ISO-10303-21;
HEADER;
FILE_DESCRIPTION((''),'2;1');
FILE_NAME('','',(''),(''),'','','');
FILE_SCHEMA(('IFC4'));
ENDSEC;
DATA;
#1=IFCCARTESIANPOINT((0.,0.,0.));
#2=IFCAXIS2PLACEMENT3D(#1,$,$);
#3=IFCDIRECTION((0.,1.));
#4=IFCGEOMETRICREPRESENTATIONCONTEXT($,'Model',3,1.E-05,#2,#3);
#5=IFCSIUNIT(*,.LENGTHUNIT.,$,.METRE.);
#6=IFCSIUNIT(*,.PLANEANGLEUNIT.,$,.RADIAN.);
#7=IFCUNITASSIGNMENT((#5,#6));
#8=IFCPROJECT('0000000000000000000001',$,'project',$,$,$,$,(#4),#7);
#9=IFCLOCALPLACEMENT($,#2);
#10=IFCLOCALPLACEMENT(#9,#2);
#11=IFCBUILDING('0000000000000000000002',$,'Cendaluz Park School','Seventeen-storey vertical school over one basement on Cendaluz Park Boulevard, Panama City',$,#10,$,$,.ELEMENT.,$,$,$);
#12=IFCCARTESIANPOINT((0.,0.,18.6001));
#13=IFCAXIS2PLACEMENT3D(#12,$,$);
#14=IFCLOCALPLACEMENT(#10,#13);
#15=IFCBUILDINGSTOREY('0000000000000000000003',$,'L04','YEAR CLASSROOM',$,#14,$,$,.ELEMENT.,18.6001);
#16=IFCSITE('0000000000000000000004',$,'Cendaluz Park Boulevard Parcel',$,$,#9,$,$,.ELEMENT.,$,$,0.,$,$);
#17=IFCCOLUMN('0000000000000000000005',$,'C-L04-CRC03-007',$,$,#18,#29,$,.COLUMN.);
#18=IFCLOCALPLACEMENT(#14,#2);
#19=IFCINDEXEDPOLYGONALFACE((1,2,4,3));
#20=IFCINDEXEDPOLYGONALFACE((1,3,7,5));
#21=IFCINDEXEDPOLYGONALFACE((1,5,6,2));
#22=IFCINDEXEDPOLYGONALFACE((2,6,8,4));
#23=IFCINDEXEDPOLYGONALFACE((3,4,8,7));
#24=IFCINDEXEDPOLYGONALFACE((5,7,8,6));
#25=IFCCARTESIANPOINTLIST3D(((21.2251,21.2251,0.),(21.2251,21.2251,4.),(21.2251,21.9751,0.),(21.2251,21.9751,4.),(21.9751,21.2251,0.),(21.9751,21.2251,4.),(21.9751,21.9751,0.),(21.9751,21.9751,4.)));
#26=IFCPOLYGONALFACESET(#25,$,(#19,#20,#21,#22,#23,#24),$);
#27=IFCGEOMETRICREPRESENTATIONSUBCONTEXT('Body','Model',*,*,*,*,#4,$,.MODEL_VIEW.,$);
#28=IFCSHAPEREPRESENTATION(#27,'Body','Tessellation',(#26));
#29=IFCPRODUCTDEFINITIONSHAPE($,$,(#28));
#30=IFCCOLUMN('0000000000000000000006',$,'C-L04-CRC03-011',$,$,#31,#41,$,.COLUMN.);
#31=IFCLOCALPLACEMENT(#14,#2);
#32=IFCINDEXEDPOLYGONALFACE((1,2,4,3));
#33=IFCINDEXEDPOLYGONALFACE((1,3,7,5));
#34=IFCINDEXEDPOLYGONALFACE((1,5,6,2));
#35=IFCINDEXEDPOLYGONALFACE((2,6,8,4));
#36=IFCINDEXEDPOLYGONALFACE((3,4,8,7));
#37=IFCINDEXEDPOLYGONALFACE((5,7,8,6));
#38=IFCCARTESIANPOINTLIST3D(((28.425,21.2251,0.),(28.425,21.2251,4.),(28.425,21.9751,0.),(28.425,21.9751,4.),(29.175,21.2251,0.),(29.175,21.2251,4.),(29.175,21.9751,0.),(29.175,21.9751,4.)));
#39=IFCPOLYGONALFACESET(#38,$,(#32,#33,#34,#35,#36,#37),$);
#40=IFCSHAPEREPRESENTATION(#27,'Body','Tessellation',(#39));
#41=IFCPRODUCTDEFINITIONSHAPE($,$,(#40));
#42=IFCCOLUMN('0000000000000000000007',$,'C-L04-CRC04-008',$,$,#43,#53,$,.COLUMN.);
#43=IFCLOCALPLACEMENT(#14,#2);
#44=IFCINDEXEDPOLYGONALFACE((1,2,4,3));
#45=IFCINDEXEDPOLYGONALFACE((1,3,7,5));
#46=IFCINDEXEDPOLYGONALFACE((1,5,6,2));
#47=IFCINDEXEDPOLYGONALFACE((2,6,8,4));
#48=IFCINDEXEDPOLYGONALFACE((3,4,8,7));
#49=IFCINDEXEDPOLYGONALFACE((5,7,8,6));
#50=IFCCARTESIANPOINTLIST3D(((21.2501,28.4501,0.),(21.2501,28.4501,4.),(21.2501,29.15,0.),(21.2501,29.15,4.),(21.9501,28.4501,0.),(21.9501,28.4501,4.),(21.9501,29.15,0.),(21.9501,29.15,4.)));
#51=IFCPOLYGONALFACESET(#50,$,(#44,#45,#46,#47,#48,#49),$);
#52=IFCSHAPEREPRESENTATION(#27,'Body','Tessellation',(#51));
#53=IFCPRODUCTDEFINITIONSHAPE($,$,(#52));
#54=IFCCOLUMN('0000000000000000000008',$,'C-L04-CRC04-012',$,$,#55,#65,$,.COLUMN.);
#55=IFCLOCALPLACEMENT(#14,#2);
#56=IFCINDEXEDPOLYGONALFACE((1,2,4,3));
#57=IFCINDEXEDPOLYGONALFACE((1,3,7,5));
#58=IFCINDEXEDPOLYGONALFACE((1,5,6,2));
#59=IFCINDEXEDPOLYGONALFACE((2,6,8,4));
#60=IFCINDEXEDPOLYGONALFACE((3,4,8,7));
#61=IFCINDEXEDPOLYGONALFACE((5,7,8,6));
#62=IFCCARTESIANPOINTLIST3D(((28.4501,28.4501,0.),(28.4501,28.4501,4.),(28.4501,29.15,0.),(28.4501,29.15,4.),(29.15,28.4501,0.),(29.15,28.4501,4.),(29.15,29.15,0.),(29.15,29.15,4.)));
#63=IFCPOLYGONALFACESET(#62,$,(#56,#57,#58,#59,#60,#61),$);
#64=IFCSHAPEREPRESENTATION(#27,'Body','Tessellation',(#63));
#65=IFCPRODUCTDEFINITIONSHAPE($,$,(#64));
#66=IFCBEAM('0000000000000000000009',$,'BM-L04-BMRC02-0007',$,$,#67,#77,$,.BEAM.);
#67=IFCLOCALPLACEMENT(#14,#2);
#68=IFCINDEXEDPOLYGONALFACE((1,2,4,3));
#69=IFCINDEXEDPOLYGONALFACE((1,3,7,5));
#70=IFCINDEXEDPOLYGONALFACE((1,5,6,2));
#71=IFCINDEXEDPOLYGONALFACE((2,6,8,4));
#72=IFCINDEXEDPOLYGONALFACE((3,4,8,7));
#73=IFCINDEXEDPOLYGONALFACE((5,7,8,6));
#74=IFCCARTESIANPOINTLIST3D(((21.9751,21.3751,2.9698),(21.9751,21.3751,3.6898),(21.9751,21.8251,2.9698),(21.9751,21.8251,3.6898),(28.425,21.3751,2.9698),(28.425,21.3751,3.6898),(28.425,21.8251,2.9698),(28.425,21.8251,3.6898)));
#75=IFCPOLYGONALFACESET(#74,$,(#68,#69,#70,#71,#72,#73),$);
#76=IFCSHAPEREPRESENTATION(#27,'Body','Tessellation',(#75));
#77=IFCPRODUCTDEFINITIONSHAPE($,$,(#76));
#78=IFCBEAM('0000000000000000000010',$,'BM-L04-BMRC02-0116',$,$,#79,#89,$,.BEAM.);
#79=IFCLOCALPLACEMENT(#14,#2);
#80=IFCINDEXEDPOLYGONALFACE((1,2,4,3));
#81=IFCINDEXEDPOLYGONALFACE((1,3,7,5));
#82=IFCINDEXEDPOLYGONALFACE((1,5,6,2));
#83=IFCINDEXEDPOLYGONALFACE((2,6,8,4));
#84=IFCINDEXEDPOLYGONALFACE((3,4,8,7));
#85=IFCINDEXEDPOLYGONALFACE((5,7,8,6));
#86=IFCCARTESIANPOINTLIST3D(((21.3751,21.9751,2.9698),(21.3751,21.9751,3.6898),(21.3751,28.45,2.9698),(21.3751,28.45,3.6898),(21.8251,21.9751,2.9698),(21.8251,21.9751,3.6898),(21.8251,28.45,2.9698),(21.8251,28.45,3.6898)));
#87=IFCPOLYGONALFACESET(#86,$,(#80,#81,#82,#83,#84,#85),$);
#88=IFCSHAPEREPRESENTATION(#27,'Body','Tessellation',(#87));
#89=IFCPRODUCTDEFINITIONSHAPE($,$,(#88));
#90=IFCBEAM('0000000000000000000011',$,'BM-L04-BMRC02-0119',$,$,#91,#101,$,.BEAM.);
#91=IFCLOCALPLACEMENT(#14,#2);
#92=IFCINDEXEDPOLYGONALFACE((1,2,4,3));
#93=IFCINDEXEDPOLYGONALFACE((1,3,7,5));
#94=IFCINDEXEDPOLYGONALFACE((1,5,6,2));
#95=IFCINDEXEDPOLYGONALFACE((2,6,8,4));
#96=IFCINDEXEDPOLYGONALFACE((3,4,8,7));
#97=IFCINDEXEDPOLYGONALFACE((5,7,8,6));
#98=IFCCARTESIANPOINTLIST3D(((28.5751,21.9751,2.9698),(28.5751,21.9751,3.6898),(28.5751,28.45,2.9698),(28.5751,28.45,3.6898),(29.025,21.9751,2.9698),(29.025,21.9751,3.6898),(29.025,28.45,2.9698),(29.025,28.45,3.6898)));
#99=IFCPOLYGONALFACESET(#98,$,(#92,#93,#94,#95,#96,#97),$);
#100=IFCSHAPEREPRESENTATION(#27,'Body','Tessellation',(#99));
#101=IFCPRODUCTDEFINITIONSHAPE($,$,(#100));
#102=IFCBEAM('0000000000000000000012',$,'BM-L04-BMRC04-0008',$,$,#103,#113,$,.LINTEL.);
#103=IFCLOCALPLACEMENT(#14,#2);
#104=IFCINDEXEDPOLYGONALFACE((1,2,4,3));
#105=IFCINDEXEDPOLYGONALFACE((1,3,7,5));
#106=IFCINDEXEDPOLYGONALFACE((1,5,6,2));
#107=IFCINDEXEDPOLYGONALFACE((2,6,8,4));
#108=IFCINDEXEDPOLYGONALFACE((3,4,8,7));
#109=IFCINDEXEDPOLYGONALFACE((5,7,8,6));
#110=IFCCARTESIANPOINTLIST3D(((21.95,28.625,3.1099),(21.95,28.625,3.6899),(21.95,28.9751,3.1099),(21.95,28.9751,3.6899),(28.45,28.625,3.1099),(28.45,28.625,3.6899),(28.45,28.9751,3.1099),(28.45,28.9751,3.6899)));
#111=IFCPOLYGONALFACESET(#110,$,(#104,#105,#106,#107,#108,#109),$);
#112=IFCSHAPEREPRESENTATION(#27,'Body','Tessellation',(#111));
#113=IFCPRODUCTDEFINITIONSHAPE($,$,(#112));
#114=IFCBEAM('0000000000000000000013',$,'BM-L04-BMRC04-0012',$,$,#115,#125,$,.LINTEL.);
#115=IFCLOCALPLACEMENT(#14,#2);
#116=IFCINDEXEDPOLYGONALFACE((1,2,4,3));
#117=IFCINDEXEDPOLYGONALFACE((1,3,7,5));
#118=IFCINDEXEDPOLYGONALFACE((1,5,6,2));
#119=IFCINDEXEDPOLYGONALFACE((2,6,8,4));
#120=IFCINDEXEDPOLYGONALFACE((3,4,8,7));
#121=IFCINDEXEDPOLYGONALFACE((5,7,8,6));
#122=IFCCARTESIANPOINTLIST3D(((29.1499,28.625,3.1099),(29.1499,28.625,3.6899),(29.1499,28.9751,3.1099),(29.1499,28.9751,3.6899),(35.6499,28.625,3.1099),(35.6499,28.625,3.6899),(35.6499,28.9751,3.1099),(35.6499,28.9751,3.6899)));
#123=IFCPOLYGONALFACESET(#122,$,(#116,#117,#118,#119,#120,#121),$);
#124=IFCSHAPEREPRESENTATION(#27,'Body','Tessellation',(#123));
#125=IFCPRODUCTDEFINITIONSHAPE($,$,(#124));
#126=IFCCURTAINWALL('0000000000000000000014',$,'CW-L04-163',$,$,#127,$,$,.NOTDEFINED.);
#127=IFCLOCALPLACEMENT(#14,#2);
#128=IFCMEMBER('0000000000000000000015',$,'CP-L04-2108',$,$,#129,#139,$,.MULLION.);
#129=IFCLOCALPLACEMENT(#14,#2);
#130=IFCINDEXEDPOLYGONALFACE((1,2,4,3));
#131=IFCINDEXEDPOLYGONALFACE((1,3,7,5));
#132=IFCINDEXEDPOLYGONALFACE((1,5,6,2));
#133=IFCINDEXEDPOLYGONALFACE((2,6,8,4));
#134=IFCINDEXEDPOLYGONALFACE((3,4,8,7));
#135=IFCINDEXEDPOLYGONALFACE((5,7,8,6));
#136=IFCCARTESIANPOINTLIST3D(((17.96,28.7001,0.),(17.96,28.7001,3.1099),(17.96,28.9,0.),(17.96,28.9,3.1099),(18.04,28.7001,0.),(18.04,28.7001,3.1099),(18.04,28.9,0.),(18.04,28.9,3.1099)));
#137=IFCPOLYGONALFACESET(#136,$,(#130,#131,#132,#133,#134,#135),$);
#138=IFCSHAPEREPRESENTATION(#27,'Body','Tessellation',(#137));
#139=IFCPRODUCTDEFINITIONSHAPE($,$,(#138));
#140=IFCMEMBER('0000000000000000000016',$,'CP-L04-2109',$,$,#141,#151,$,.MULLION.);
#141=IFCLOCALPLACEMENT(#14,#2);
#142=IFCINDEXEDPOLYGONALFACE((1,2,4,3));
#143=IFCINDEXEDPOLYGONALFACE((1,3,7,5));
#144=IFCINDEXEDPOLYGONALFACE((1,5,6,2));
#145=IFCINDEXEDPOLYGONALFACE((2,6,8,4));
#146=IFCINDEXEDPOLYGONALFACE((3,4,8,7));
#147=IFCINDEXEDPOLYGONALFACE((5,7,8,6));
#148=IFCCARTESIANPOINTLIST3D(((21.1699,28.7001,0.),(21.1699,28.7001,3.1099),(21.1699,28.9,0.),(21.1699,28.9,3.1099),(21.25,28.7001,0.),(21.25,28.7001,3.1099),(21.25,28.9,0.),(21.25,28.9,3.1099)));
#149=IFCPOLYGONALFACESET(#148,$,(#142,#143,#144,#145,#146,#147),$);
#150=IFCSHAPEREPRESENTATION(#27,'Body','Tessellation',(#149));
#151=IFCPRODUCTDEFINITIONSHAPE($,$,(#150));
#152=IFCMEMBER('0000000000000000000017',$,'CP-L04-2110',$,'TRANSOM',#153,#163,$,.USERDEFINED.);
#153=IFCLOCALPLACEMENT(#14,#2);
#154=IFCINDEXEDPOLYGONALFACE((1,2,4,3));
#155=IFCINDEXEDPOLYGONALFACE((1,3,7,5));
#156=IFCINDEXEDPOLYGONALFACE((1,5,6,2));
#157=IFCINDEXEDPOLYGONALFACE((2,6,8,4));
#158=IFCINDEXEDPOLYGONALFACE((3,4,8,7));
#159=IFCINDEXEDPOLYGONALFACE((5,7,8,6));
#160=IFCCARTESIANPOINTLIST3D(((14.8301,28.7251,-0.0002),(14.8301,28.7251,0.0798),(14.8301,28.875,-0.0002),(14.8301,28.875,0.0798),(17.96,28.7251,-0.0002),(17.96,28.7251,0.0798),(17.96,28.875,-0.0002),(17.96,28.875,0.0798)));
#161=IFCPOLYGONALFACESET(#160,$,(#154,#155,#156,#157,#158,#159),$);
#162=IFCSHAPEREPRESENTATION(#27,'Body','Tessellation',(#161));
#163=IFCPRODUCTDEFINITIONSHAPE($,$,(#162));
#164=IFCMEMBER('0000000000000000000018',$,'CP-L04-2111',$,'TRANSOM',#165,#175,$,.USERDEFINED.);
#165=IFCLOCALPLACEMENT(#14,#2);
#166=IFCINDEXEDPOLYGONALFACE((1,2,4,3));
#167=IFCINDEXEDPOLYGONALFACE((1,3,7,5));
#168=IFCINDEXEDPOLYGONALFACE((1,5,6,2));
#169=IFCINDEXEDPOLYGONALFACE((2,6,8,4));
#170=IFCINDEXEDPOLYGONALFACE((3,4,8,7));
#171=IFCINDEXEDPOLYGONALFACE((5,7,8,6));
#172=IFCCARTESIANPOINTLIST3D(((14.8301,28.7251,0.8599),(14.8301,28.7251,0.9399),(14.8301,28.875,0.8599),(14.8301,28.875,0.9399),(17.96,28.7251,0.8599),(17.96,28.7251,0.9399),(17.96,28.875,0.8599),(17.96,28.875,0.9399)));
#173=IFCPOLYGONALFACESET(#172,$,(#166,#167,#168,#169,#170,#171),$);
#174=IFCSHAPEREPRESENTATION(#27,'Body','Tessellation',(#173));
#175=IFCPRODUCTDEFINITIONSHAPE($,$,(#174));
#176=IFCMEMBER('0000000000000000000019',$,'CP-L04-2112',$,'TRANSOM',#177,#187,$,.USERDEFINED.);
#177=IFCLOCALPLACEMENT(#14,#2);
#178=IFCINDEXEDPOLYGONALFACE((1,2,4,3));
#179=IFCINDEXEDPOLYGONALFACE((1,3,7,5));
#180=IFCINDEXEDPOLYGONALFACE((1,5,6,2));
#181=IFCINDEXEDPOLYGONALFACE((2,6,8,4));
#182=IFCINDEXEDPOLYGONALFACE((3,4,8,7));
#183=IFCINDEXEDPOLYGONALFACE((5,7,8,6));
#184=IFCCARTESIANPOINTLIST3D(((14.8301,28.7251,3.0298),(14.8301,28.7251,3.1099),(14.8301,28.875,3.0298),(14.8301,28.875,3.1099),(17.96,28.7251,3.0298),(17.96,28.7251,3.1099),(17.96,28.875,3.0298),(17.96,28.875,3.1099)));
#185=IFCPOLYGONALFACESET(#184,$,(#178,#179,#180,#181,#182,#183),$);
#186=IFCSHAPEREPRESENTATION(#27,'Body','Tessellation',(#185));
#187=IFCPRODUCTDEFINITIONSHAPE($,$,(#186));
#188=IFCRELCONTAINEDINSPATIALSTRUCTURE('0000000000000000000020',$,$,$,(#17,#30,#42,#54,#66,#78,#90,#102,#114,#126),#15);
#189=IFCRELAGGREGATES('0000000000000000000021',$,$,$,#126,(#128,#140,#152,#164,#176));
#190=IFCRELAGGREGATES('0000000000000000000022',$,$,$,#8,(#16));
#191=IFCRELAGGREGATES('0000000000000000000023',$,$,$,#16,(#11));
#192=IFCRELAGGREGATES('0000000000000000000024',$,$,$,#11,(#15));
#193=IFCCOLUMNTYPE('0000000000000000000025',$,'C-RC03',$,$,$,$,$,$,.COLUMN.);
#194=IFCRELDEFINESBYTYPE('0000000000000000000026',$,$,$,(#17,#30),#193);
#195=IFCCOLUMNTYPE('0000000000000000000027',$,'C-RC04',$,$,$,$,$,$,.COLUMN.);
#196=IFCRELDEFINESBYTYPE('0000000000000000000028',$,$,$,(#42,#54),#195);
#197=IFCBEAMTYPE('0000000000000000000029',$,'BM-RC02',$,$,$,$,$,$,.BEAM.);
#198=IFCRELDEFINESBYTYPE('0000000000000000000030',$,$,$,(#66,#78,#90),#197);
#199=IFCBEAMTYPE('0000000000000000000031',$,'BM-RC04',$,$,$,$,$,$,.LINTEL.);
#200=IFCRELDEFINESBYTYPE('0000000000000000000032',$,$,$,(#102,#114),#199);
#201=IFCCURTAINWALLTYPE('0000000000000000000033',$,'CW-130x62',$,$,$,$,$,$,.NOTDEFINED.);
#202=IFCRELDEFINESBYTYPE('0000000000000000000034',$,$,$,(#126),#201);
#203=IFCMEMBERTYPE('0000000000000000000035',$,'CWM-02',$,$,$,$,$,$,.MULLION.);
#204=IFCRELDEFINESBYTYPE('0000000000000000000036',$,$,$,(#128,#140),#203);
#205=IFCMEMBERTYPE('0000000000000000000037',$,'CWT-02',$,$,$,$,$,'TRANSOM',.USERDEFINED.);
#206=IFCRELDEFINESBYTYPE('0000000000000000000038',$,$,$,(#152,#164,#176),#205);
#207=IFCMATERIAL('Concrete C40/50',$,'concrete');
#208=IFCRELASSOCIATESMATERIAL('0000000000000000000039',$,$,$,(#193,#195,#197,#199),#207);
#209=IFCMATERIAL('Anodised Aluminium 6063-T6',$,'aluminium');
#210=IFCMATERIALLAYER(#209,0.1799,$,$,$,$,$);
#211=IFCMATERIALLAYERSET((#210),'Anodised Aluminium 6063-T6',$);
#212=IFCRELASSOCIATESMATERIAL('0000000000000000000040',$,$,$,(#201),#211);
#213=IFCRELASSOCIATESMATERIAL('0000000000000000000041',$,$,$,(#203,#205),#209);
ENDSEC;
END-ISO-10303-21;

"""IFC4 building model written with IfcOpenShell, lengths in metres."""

from ifc_helpers import new_model, si_unit, direction, frame, origin, origin_2d, place, context, subcontext, project, spatial, rectangle, extrude, material, layer, layer_set, material_profile, profile_set, type_object, element, aggregate, save


model = new_model("IFC4")

# Units and contexts
model_context = context("Model", 3, precision=1e-05, world=origin(), true_north=direction((0.0, 1.0)))
body_context = subcontext(model_context, "Body", "Model", "MODEL_VIEW")
ifc_project = project(units=[si_unit("LENGTHUNIT", "METRE"), si_unit("PLANEANGLEUNIT", "RADIAN")], contexts=[model_context])

# Site, building, storey
site_placement = place(None, origin())
site = spatial("IfcSite", under=ifc_project, at=site_placement, Name="Cendaluz Park Boulevard Parcel", CompositionType="ELEMENT", RefElevation=0.0)
building_placement = place(site_placement, origin())
building = spatial("IfcBuilding", under=site, at=building_placement, Name="Cendaluz Park School", Description="Seventeen-storey vertical school over one basement on Cendaluz Park Boulevard, Panama City", CompositionType="ELEMENT")
storey_placement = place(building_placement, frame((0.0, 0.0, 18.6001)))
storey = spatial("IfcBuildingStorey", under=building, at=storey_placement, Name="L04", Description="YEAR CLASSROOM", CompositionType="ELEMENT", Elevation=18.6001)

# Columns
ifc_material_1 = material(Name="Concrete C40/50", Category="concrete")
ifc_material_profile_1 = material_profile(ifc_material_1, rectangle(XDim=0.75, YDim=0.75, at=origin_2d()), Name="RC 750x750", Category="concrete")
ifc_profile_set_1 = profile_set([ifc_material_profile_1], Name="Concrete C40/50")
column_type_1 = type_object("IfcColumnType", Name="C-RC03", PredefinedType="COLUMN", material=ifc_profile_set_1)
for number, where, z_axis, x_axis, name in (
    (1, (21.6001, 21.6001, 0.0), (0.0, 0.0, 1.0), (1.0, 0.0, 0.0), "C-L04-CRC03-007"),
    (2, (28.8, 21.6001, 0.0), (0.0, 0.0, 1.0), (1.0, 0.0, 0.0), "C-L04-CRC03-011"),
):
    element("IfcColumn", number, at=place(storey_placement, frame(where, z_axis=z_axis, x_axis=x_axis)), inside=storey, type_object=column_type_1, Name=name, PredefinedType="COLUMN", context=body_context, shape_type="SweptSolid", body=[
        extrude(rectangle(XDim=0.75, YDim=0.75, at=origin_2d()), origin(), (0.0, 0.0, 1.0), 4.0),
    ])
ifc_material_profile_2 = material_profile(ifc_material_1, rectangle(XDim=0.7, YDim=0.7, at=origin_2d()), Name="RC 700x700", Category="concrete")
ifc_profile_set_2 = profile_set([ifc_material_profile_2], Name="Concrete C40/50")
column_type_2 = type_object("IfcColumnType", Name="C-RC04", PredefinedType="COLUMN", material=ifc_profile_set_2)
for number, where, z_axis, x_axis, name in (
    (3, (21.6001, 28.8, 0.0), (0.0, 0.0, 1.0), (1.0, 0.0, 0.0), "C-L04-CRC04-008"),
    (4, (28.8, 28.8, 0.0), (0.0, 0.0, 1.0), (1.0, 0.0, 0.0), "C-L04-CRC04-012"),
):
    element("IfcColumn", number, at=place(storey_placement, frame(where, z_axis=z_axis, x_axis=x_axis)), inside=storey, type_object=column_type_2, Name=name, PredefinedType="COLUMN", context=body_context, shape_type="SweptSolid", body=[
        extrude(rectangle(XDim=0.7, YDim=0.7, at=origin_2d()), origin(), (0.0, 0.0, 1.0), 4.0),
    ])

# Beams
ifc_material_profile_3 = material_profile(ifc_material_1, rectangle(XDim=0.45, YDim=0.72, at=origin_2d()), Name="RC 450x720", Category="concrete")
ifc_profile_set_3 = profile_set([ifc_material_profile_3], Name="Concrete C40/50")
beam_type_1 = type_object("IfcBeamType", Name="BM-RC02", PredefinedType="BEAM", material=ifc_profile_set_3)
beam_placement = place(storey_placement, frame((21.9751, 21.6001, 3.3298), z_axis=(1.0, 0.0, 0.0), x_axis=(0.0, 1.0, 0.0)))
element("IfcBeam", 5, at=beam_placement, inside=storey, type_object=beam_type_1, Name="BM-L04-BMRC02-0007", PredefinedType="BEAM", context=body_context, shape_type="SweptSolid", body=[
    extrude(rectangle(XDim=0.45, YDim=0.72, at=origin_2d()), origin(), (0.0, 0.0, 1.0), 6.45),
])
for number, where, z_axis, x_axis, name in (
    (6, (21.6001, 21.9751, 3.3298), (0.0, 1.0, 0.0), (-1.0, 0.0, 0.0), "BM-L04-BMRC02-0116"),
    (7, (28.8, 21.9751, 3.3298), (0.0, 1.0, 0.0), (-1.0, 0.0, 0.0), "BM-L04-BMRC02-0119"),
):
    element("IfcBeam", number, at=place(storey_placement, frame(where, z_axis=z_axis, x_axis=x_axis)), inside=storey, type_object=beam_type_1, Name=name, PredefinedType="BEAM", context=body_context, shape_type="SweptSolid", body=[
        extrude(rectangle(XDim=0.45, YDim=0.72, at=origin_2d()), origin(), (0.0, 0.0, 1.0), 6.4749),
    ])
ifc_material_profile_4 = material_profile(ifc_material_1, rectangle(XDim=0.3501, YDim=0.5801, at=origin_2d()), Name="RC 350x580", Category="concrete")
ifc_profile_set_4 = profile_set([ifc_material_profile_4], Name="Concrete C40/50")
beam_type_2 = type_object("IfcBeamType", Name="BM-RC04", PredefinedType="LINTEL", material=ifc_profile_set_4)
for number, where, z_axis, x_axis, name in (
    (8, (21.95, 28.8, 3.3999), (1.0, 0.0, 0.0), (0.0, 1.0, 0.0), "BM-L04-BMRC04-0008"),
    (9, (29.1499, 28.8, 3.3999), (1.0, 0.0, 0.0), (0.0, 1.0, 0.0), "BM-L04-BMRC04-0012"),
):
    element("IfcBeam", number, at=place(storey_placement, frame(where, z_axis=z_axis, x_axis=x_axis)), inside=storey, type_object=beam_type_2, Name=name, PredefinedType="LINTEL", context=body_context, shape_type="SweptSolid", body=[
        extrude(rectangle(XDim=0.3501, YDim=0.5801, at=origin_2d()), origin(), (0.0, 0.0, 1.0), 6.5),
    ])

# Curtain wall, members
ifc_material_2 = material(Name="Anodised Aluminium 6063-T6", Category="aluminium")
ifc_layer_1 = layer(ifc_material_2, 0.1799)
ifc_layer_set_1 = layer_set([ifc_layer_1], Name="Anodised Aluminium 6063-T6")
curtain_wall_type = type_object("IfcCurtainWallType", Name="CW-130x62", PredefinedType="NOTDEFINED", material=ifc_layer_set_1)
curtain_wall_placement = place(storey_placement, origin())
curtain_wall = element("IfcCurtainWall", 10, at=curtain_wall_placement, inside=storey, type_object=curtain_wall_type, Name="CW-L04-163", PredefinedType="NOTDEFINED")
ifc_material_profile_5 = material_profile(ifc_material_2, rectangle(XDim=0.2, YDim=0.0801, at=origin_2d()), Name="CWM 200x80", Category="aluminium")
ifc_profile_set_5 = profile_set([ifc_material_profile_5], Name="Anodised Aluminium 6063-T6")
member_type_1 = type_object("IfcMemberType", Name="CWM-02", PredefinedType="MULLION", material=ifc_profile_set_5)
member_1_placement = place(storey_placement, frame((18.0, 28.8, 0.0), z_axis=(0.0, 0.0, 1.0), x_axis=(0.0, 1.0, 0.0)))
member_1 = element("IfcMember", 11, at=member_1_placement, type_object=member_type_1, Name="CP-L04-2108", PredefinedType="MULLION", context=body_context, shape_type="SweptSolid", body=[
    extrude(rectangle(XDim=0.2, YDim=0.0801, at=origin_2d()), origin(), (0.0, 0.0, 1.0), 3.1099),
])
member_2_placement = place(storey_placement, frame((21.21, 28.8, 0.0), z_axis=(0.0, 0.0, 1.0), x_axis=(0.0, 1.0, 0.0)))
member_2 = element("IfcMember", 12, at=member_2_placement, type_object=member_type_1, Name="CP-L04-2109", PredefinedType="MULLION", context=body_context, shape_type="SweptSolid", body=[
    extrude(rectangle(XDim=0.2, YDim=0.0801, at=origin_2d()), origin(), (0.0, 0.0, 1.0), 3.1099),
])
ifc_material_profile_6 = material_profile(ifc_material_2, rectangle(XDim=0.1499, YDim=0.0801, at=origin_2d()), Name="CWT 150x80", Category="aluminium")
ifc_profile_set_6 = profile_set([ifc_material_profile_6], Name="Anodised Aluminium 6063-T6")
member_type_2 = type_object("IfcMemberType", Name="CWT-02", ElementType="TRANSOM", PredefinedType="USERDEFINED", material=ifc_profile_set_6)
member_3_placement = place(storey_placement, frame((14.8301, 28.8, 0.0398), z_axis=(1.0, 0.0, 0.0), x_axis=(0.0, 1.0, 0.0)))
member_3 = element("IfcMember", 13, at=member_3_placement, type_object=member_type_2, Name="CP-L04-2110", ObjectType="TRANSOM", PredefinedType="USERDEFINED", context=body_context, shape_type="SweptSolid", body=[
    extrude(rectangle(XDim=0.1499, YDim=0.0801, at=origin_2d()), origin(), (0.0, 0.0, 1.0), 3.1299),
])
member_4_placement = place(storey_placement, frame((14.8301, 28.8, 0.8999), z_axis=(1.0, 0.0, 0.0), x_axis=(0.0, 1.0, 0.0)))
member_4 = element("IfcMember", 14, at=member_4_placement, type_object=member_type_2, Name="CP-L04-2111", ObjectType="TRANSOM", PredefinedType="USERDEFINED", context=body_context, shape_type="SweptSolid", body=[
    extrude(rectangle(XDim=0.1499, YDim=0.0801, at=origin_2d()), origin(), (0.0, 0.0, 1.0), 3.1299),
])
member_5_placement = place(storey_placement, frame((14.8301, 28.8, 3.0698), z_axis=(1.0, 0.0, 0.0), x_axis=(0.0, 1.0, 0.0)))
member_5 = element("IfcMember", 15, at=member_5_placement, type_object=member_type_2, Name="CP-L04-2112", ObjectType="TRANSOM", PredefinedType="USERDEFINED", context=body_context, shape_type="SweptSolid", body=[
    extrude(rectangle(XDim=0.1499, YDim=0.0801, at=origin_2d()), origin(), (0.0, 0.0, 1.0), 3.1299),
])

aggregate(curtain_wall, [member_1, member_2, member_3, member_4, member_5])

save(model, "model.ifc")
